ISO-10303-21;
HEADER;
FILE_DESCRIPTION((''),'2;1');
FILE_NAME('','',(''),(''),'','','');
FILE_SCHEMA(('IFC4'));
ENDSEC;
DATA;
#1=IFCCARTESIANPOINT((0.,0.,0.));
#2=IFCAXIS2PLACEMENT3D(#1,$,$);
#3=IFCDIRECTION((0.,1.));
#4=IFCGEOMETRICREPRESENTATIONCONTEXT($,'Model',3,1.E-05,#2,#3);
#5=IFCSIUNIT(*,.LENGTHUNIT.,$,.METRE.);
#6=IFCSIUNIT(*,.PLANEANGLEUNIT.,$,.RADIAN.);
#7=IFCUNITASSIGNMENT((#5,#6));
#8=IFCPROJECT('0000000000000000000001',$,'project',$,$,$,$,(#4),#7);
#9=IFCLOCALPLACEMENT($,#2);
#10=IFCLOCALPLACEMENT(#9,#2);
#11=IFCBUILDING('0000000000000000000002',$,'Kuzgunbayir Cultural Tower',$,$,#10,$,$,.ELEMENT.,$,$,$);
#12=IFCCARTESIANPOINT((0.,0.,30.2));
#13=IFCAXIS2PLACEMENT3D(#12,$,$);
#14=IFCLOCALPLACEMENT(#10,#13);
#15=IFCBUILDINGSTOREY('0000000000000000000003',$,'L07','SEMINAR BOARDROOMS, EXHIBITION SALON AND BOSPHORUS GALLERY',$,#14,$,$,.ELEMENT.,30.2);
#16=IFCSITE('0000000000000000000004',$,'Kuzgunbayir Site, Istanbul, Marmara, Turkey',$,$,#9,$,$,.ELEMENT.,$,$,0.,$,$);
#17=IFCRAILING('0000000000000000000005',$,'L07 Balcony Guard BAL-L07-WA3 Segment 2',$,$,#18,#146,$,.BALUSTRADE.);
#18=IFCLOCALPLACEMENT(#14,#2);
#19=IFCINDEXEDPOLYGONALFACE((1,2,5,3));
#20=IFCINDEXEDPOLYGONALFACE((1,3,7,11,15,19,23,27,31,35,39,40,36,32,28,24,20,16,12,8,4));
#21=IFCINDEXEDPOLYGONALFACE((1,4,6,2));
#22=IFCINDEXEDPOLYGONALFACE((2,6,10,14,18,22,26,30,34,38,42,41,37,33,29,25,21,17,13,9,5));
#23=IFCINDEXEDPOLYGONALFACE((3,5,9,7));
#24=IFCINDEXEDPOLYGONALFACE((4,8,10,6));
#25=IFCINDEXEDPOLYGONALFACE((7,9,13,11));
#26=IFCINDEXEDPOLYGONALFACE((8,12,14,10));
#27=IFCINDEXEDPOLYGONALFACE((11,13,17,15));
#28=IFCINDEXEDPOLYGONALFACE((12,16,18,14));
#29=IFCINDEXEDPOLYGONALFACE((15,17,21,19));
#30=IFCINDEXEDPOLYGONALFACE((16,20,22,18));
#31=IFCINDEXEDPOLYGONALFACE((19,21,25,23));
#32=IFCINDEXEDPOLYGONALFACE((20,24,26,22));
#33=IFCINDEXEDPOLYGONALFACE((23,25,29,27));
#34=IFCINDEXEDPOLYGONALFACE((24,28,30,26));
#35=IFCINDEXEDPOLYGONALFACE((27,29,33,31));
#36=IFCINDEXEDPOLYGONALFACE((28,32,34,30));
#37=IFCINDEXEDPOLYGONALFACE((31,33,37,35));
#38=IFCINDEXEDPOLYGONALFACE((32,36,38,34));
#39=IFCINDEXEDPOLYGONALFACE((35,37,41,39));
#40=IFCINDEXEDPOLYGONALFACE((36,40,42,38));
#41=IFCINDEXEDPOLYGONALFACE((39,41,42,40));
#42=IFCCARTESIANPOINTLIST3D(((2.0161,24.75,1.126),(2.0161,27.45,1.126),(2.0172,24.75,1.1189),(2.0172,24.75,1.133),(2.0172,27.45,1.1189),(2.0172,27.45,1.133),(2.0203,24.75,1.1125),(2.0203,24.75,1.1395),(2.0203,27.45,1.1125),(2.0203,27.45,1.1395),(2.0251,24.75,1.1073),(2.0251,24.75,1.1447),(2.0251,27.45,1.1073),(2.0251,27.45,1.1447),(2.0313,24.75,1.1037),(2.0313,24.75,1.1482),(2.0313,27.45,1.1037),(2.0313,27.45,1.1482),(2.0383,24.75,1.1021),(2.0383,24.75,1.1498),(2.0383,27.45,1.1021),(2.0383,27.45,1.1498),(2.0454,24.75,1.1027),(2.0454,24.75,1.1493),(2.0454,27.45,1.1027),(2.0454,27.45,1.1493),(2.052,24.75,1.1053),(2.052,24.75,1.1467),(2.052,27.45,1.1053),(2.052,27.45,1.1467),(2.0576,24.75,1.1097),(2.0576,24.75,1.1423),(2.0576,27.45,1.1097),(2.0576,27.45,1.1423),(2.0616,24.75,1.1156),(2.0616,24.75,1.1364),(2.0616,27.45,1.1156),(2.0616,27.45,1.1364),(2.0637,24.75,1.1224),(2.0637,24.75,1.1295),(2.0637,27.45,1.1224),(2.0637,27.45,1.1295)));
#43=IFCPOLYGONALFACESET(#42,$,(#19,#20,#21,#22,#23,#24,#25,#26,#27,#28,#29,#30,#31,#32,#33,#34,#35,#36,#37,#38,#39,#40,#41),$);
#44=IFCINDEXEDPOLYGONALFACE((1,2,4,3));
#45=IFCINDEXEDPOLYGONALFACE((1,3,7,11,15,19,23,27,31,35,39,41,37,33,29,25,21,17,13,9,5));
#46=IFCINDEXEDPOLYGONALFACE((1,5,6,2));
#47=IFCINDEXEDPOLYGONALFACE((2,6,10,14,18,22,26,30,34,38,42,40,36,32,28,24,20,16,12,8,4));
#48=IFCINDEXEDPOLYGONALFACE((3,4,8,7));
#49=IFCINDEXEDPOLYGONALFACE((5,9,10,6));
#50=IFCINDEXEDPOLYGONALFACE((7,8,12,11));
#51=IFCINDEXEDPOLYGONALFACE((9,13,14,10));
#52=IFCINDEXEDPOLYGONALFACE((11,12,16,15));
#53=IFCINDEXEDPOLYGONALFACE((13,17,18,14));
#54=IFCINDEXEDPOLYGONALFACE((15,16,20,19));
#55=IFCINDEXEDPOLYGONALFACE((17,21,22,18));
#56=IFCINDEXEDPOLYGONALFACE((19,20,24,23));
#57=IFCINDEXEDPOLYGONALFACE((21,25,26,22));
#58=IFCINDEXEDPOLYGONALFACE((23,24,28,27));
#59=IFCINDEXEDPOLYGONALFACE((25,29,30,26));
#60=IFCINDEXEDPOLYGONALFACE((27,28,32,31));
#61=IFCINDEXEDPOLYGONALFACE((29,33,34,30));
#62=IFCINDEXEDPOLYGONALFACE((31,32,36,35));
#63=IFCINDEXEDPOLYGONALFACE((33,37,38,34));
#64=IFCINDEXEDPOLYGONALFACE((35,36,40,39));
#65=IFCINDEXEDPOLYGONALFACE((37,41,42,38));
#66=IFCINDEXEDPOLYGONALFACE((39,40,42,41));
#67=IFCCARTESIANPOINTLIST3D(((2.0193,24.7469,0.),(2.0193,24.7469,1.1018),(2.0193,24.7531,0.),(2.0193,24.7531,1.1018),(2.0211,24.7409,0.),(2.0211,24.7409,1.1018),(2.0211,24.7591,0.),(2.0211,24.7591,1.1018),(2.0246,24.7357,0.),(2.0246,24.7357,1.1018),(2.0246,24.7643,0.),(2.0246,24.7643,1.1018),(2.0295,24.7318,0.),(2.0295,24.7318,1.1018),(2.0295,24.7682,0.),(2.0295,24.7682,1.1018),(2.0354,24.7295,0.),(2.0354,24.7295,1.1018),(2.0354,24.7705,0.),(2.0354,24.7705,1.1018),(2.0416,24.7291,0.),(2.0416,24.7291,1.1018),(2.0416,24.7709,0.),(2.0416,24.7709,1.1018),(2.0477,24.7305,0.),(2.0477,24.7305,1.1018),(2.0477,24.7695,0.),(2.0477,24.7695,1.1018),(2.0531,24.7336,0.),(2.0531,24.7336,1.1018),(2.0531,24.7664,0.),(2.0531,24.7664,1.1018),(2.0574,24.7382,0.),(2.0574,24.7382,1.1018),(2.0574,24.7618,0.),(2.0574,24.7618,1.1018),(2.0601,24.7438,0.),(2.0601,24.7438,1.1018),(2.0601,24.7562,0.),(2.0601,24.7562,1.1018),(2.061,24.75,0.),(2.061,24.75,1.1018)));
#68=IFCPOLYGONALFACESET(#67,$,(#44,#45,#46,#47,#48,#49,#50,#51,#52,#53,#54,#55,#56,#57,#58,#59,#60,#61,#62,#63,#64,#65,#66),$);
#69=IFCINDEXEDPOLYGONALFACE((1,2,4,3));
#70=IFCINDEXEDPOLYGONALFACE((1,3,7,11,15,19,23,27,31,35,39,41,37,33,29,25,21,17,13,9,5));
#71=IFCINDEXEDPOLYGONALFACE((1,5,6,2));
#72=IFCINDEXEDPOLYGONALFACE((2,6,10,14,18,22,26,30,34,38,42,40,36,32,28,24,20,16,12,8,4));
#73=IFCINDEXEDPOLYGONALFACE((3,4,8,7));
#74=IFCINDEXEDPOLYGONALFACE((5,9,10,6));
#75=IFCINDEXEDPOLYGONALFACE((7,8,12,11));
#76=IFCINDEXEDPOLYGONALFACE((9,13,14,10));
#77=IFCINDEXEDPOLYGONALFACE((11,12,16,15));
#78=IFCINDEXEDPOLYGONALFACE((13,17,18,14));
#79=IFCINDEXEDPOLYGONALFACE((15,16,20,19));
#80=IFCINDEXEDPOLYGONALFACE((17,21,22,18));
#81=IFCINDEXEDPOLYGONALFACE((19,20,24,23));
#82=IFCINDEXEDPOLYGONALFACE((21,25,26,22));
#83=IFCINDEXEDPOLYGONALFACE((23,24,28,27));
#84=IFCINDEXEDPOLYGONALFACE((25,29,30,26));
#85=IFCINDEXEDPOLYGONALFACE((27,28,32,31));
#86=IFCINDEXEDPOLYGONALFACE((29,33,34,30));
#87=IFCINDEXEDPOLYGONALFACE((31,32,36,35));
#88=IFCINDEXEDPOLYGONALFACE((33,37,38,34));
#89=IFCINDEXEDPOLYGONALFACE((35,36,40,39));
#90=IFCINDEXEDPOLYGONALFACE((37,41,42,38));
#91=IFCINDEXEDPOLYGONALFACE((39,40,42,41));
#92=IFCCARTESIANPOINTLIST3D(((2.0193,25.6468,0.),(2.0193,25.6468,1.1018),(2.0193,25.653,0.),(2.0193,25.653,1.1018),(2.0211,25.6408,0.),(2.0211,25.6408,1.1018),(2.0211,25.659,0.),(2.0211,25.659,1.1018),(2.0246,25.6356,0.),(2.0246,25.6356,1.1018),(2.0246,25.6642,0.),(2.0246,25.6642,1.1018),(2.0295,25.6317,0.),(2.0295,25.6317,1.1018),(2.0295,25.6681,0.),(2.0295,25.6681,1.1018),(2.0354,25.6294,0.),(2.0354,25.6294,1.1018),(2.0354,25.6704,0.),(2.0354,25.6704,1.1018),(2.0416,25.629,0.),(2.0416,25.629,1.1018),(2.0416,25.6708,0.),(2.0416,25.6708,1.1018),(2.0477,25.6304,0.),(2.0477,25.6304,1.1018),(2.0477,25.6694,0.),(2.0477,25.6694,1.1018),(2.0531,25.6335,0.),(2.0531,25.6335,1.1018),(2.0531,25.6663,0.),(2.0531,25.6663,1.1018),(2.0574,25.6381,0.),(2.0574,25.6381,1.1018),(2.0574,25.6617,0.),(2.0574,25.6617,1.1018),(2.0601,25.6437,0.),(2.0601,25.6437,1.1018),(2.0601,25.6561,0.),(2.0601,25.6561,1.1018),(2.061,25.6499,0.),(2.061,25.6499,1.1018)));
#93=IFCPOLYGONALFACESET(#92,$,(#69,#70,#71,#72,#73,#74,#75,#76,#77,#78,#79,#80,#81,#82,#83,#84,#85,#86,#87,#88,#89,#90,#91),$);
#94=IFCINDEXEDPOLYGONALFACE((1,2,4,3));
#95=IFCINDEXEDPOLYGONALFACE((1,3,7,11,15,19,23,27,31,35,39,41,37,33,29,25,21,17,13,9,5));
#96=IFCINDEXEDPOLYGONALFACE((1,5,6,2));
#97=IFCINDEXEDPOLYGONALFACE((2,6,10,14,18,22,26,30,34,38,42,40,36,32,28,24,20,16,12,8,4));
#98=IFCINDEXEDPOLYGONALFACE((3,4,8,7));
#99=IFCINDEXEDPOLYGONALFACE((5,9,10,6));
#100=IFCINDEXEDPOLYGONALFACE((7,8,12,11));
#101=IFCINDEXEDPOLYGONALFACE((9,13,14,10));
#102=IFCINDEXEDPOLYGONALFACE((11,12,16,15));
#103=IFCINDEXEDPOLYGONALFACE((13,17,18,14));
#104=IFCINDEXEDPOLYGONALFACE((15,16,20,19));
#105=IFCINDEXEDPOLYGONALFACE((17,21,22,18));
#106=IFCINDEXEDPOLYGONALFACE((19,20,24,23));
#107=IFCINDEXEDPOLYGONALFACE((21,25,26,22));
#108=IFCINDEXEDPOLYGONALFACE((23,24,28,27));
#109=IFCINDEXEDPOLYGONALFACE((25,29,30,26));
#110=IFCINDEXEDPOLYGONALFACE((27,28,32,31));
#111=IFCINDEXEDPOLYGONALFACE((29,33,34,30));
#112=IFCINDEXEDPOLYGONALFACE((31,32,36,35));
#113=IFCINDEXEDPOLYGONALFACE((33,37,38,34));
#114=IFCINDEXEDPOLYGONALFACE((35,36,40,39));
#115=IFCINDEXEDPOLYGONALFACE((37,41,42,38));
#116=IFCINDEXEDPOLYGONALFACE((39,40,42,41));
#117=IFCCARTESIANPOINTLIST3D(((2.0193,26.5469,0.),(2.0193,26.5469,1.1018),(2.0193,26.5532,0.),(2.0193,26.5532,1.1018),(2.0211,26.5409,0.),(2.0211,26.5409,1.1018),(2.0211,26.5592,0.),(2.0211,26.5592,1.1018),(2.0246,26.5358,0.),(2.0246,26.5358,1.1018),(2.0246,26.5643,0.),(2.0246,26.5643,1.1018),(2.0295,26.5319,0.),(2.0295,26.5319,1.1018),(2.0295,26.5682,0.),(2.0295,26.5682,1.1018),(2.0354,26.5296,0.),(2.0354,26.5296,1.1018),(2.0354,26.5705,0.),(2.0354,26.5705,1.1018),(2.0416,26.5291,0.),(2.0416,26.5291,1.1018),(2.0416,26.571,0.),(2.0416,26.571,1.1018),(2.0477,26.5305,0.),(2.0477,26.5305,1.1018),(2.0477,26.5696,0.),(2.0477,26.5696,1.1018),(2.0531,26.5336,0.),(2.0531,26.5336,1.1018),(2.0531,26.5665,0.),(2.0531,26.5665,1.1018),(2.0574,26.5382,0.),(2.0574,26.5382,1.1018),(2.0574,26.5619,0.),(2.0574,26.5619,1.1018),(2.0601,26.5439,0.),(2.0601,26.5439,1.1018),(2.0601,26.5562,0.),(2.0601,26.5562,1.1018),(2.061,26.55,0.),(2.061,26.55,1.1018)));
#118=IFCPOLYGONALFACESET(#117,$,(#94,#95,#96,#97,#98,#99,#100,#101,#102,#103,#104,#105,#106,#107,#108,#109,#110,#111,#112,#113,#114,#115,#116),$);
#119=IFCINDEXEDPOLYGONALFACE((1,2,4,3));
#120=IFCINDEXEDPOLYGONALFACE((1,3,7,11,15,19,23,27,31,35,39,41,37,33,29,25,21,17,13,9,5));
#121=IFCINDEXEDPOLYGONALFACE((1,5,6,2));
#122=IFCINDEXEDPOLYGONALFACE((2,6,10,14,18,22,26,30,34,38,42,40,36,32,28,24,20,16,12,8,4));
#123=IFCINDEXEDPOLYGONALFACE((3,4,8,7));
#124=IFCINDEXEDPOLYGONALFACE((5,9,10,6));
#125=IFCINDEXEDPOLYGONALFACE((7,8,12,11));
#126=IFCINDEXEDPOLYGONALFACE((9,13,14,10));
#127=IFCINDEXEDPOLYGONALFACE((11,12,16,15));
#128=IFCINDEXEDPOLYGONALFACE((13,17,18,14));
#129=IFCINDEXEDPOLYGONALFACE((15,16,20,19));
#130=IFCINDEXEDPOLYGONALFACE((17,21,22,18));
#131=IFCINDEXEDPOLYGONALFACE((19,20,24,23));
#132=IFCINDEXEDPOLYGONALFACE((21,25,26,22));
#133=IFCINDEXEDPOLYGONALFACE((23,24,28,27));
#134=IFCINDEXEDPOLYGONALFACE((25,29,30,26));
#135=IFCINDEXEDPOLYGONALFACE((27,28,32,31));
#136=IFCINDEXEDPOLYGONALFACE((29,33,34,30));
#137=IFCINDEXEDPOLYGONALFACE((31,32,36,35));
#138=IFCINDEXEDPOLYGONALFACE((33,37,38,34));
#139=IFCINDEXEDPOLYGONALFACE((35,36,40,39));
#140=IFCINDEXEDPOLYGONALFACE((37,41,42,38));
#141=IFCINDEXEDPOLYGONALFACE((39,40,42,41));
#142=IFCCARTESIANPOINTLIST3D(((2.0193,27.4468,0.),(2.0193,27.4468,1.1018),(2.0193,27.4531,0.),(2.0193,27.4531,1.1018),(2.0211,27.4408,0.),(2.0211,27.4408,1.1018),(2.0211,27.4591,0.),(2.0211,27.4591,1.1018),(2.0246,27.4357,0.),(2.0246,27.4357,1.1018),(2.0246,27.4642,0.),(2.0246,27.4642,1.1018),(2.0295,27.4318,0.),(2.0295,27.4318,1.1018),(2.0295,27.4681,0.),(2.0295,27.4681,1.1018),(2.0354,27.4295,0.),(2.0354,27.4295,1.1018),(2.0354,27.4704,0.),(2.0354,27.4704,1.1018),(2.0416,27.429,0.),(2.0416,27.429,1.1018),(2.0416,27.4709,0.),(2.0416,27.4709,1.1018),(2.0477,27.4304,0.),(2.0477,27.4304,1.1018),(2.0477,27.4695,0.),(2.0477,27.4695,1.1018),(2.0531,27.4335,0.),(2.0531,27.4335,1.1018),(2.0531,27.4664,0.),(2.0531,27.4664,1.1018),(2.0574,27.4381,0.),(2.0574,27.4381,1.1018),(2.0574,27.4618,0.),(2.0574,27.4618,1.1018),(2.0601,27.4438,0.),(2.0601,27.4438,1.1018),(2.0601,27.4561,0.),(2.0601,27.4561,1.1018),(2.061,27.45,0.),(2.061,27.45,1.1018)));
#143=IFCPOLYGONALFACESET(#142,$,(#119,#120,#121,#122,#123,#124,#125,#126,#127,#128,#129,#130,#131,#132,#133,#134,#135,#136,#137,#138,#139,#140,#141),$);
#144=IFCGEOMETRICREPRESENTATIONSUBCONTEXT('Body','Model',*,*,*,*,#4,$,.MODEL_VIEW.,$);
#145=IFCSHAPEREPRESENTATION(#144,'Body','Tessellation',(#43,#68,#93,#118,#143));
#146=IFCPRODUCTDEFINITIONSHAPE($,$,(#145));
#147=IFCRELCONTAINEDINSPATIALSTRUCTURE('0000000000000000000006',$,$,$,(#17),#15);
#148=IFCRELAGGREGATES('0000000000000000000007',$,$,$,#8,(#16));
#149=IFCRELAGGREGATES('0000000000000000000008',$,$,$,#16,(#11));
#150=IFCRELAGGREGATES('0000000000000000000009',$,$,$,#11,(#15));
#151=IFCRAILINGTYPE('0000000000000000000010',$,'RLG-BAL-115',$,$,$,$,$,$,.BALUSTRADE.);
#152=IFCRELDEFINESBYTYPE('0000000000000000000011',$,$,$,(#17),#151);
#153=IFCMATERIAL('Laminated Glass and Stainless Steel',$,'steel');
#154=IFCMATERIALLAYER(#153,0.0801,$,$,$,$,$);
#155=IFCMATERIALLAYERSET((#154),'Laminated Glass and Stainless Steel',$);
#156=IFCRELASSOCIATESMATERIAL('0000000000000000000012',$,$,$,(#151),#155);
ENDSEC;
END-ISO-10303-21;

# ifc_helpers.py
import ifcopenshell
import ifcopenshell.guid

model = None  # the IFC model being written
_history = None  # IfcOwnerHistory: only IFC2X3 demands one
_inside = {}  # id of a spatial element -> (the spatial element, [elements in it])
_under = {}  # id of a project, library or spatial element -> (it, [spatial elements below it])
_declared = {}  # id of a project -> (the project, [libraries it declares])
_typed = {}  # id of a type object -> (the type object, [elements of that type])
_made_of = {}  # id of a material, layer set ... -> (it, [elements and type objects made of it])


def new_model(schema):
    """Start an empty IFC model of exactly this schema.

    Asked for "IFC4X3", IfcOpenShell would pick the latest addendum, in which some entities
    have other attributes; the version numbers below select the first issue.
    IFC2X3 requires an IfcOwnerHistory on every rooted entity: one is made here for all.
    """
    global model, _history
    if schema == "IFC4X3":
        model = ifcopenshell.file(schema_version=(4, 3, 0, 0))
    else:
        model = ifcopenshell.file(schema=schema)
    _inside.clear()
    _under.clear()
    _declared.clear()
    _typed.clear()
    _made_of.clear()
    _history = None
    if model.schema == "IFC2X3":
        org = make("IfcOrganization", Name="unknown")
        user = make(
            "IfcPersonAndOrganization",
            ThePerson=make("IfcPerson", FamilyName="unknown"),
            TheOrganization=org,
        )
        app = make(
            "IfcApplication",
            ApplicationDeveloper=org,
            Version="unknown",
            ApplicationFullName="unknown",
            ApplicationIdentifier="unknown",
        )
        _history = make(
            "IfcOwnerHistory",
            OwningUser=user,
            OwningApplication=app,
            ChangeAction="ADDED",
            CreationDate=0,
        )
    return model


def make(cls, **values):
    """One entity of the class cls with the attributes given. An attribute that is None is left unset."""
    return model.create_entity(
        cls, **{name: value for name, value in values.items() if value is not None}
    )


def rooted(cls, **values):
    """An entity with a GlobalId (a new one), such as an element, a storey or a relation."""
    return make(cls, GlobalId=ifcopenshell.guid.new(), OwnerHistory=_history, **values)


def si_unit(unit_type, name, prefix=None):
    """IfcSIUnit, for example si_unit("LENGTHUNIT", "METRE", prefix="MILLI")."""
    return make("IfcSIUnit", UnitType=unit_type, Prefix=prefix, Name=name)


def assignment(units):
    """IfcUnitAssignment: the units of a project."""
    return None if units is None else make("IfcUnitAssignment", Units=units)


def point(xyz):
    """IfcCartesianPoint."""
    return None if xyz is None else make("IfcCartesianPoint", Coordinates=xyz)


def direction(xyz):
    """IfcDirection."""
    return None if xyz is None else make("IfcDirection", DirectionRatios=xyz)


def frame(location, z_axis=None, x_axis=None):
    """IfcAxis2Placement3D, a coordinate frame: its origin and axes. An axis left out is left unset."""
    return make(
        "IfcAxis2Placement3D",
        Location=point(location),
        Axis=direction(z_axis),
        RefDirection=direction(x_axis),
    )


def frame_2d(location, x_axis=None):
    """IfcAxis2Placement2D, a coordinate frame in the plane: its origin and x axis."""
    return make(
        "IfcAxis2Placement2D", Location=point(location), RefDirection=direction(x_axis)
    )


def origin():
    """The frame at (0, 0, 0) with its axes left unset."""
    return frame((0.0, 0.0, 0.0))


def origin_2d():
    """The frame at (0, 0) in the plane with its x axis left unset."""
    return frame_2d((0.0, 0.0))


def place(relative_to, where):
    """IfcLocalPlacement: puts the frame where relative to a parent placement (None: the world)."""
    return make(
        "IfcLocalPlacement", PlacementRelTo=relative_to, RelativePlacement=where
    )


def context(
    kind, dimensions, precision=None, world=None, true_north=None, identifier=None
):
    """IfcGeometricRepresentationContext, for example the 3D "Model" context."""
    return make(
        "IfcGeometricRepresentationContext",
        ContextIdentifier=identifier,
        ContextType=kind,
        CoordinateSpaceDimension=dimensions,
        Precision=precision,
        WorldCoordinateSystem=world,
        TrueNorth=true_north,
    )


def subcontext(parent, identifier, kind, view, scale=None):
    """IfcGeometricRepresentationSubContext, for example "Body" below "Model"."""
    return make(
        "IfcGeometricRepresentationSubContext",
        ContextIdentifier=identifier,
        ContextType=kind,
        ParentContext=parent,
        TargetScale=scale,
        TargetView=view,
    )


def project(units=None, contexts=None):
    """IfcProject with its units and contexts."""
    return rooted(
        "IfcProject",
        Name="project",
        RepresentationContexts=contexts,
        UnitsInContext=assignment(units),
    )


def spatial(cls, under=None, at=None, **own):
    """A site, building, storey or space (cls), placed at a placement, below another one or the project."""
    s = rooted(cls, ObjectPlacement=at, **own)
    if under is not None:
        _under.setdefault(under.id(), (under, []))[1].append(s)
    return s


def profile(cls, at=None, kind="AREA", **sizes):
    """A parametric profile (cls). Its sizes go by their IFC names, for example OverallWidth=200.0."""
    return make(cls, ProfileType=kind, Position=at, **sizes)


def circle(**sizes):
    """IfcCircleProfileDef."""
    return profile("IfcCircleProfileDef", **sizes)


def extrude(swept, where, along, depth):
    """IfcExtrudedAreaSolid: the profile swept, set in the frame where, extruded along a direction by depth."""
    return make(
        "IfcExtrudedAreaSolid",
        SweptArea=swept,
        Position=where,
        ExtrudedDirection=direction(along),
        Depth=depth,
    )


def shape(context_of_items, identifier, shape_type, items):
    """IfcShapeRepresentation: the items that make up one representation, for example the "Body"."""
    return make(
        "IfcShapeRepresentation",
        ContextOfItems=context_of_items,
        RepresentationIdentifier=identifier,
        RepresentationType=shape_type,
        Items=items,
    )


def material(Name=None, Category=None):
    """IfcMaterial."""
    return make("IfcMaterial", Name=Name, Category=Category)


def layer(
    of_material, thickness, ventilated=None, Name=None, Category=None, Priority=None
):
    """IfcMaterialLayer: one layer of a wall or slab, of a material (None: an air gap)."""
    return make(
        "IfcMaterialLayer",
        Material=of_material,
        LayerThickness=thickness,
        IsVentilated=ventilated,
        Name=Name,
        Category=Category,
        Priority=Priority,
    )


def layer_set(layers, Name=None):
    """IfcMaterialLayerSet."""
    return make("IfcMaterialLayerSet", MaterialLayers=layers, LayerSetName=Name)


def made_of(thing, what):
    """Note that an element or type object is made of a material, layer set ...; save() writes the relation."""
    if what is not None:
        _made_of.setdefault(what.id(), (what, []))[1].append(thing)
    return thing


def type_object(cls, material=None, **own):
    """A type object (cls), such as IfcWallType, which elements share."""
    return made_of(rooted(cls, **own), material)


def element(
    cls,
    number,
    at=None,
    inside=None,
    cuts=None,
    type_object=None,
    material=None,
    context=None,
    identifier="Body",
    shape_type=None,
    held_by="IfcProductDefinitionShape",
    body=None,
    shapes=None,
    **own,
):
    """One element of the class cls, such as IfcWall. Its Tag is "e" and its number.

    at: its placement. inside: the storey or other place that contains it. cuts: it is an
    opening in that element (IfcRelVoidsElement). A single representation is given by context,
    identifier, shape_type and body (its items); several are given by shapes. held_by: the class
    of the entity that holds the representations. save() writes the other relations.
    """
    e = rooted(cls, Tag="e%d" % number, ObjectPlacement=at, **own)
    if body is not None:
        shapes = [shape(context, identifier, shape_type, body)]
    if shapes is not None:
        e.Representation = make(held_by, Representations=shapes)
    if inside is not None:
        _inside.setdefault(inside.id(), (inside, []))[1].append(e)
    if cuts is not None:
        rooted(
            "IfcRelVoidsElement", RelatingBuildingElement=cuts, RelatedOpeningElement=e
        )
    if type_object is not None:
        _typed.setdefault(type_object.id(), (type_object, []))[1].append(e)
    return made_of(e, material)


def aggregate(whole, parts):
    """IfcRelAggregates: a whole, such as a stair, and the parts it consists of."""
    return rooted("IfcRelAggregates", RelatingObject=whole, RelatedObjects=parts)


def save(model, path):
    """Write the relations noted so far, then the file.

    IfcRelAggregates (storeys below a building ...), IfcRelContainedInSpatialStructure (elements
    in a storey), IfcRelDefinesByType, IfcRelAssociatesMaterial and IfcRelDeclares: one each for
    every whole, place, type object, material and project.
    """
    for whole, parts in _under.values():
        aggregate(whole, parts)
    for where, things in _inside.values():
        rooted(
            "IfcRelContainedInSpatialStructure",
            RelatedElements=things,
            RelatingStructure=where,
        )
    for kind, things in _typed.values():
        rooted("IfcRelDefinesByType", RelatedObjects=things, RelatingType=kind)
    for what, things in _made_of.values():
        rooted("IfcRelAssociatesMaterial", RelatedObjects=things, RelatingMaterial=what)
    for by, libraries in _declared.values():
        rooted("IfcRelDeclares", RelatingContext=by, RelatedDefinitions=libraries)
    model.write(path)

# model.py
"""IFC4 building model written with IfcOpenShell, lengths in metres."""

from ifc_helpers import new_model, si_unit, direction, frame, origin, origin_2d, place, context, subcontext, project, spatial, circle, extrude, material, layer, layer_set, type_object, element, save


model = new_model("IFC4")

# Units and contexts
model_context = context("Model", 3, precision=1e-05, world=origin(), true_north=direction((0.0, 1.0)))
body_context = subcontext(model_context, "Body", "Model", "MODEL_VIEW")
ifc_project = project(units=[si_unit("LENGTHUNIT", "METRE"), si_unit("PLANEANGLEUNIT", "RADIAN")], contexts=[model_context])

# Site, building, storey
site_placement = place(None, origin())
site = spatial("IfcSite", under=ifc_project, at=site_placement, Name="Kuzgunbayir Site, Istanbul, Marmara, Turkey", CompositionType="ELEMENT", RefElevation=0.0)
building_placement = place(site_placement, origin())
building = spatial("IfcBuilding", under=site, at=building_placement, Name="Kuzgunbayir Cultural Tower", CompositionType="ELEMENT")
storey_placement = place(building_placement, frame((0.0, 0.0, 30.2)))
storey = spatial("IfcBuildingStorey", under=building, at=storey_placement, Name="L07", Description="SEMINAR BOARDROOMS, EXHIBITION SALON AND BOSPHORUS GALLERY", CompositionType="ELEMENT", Elevation=30.2)

# Railing
ifc_material_1 = material(Name="Laminated Glass and Stainless Steel", Category="steel")
ifc_layer_1 = layer(ifc_material_1, 0.0801)
ifc_layer_set_1 = layer_set([ifc_layer_1], Name="Laminated Glass and Stainless Steel")
railing_type = type_object("IfcRailingType", Name="RLG-BAL-115", PredefinedType="BALUSTRADE", material=ifc_layer_set_1)
railing_1_placement = place(storey_placement, frame((2.04, 24.75, 0.0)))
element("IfcRailing", 1, at=railing_1_placement, inside=storey, type_object=railing_type, Name="L07 Balcony Guard BAL-L07-WA3 Segment 2", PredefinedType="BALUSTRADE", context=body_context, shape_type="SweptSolid", body=[
    extrude(circle(Radius=0.0239, at=origin_2d()), frame((0.0, 0.0, 1.126), z_axis=(0.0, 1.0, 0.0), x_axis=(-1.0, 0.0, 0.0)), (0.0, 0.0, 1.0), 2.7),
    extrude(circle(Radius=0.021, at=origin_2d()), origin(), (0.0, 0.0, 1.0), 1.1018),
    extrude(circle(Radius=0.021, at=origin_2d()), frame((0.0, 0.8999, 0.0)), (0.0, 0.0, 1.0), 1.1018),
    extrude(circle(Radius=0.021, at=origin_2d()), frame((0.0, 1.8, 0.0)), (0.0, 0.0, 1.0), 1.1018),
    extrude(circle(Radius=0.021, at=origin_2d()), frame((0.0, 2.7, 0.0)), (0.0, 0.0, 1.0), 1.1018),
])

save(model, "model.ifc")
